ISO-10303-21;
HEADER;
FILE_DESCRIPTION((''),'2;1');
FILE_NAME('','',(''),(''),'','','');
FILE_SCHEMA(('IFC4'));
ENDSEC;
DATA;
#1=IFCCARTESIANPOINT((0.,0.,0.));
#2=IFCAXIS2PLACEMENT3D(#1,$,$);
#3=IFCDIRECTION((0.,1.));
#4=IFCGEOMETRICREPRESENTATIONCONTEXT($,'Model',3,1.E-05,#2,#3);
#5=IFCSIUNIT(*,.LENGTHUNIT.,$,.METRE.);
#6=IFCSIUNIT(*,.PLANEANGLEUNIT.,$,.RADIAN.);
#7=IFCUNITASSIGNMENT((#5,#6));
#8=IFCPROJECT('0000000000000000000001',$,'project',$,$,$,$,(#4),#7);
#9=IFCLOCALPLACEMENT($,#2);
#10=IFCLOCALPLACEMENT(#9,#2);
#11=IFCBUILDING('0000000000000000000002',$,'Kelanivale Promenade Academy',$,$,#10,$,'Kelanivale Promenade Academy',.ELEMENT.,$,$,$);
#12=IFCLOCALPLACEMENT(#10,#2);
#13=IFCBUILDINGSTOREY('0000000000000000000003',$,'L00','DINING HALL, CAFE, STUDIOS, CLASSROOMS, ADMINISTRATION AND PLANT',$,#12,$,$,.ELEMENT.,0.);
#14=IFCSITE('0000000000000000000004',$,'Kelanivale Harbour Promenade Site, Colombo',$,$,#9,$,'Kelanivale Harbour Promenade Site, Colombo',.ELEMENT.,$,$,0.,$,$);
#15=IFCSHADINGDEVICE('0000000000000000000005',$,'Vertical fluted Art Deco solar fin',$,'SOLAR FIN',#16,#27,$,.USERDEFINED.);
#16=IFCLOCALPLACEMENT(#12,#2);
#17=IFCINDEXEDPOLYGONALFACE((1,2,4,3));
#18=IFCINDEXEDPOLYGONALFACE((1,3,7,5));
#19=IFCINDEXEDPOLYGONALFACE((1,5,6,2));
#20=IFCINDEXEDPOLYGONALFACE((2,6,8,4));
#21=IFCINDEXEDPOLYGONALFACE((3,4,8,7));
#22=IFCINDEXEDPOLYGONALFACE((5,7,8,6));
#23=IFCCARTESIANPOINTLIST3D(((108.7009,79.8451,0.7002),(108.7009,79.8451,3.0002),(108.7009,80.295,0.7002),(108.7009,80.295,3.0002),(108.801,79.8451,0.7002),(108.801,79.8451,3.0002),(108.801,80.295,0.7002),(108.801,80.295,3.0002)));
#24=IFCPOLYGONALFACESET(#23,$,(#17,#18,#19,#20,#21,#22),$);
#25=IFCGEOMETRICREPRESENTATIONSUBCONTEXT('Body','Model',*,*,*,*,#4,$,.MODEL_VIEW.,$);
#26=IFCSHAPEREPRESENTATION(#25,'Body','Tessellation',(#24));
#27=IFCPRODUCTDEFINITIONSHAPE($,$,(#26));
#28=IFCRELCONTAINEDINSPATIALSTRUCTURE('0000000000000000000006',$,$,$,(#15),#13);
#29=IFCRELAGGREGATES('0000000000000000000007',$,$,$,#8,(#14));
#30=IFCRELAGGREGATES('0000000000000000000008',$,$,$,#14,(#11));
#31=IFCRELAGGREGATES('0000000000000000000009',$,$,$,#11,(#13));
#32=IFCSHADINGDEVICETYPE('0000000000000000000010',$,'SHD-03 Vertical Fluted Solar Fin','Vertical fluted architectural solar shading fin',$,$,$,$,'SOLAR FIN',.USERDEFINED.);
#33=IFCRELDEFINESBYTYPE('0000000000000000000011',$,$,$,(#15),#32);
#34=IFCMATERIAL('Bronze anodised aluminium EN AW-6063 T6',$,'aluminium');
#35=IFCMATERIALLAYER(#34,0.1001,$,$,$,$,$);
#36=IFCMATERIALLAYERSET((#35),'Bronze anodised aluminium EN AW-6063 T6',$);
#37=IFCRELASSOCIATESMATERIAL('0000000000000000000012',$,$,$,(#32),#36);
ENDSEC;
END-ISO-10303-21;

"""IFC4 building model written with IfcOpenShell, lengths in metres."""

from ifc_helpers import new_model, si_unit, direction, frame, origin, origin_2d, place, context, subcontext, project, spatial, rectangle, extrude, material, layer, layer_set, type_object, element, save


model = new_model("IFC4")

# Units and contexts
model_context = context("Model", 3, precision=1e-05, world=origin(), true_north=direction((0.0, 1.0)))
body_context = subcontext(model_context, "Body", "Model", "MODEL_VIEW")
ifc_project = project(units=[si_unit("LENGTHUNIT", "METRE"), si_unit("PLANEANGLEUNIT", "RADIAN")], contexts=[model_context])

# Site, building, storey
site_placement = place(None, origin())
site = spatial("IfcSite", under=ifc_project, at=site_placement, Name="Kelanivale Harbour Promenade Site, Colombo", LongName="Kelanivale Harbour Promenade Site, Colombo", CompositionType="ELEMENT", RefElevation=0.0)
building_placement = place(site_placement, origin())
building = spatial("IfcBuilding", under=site, at=building_placement, Name="Kelanivale Promenade Academy", LongName="Kelanivale Promenade Academy", CompositionType="ELEMENT")
storey_placement = place(building_placement, origin())
storey = spatial("IfcBuildingStorey", under=building, at=storey_placement, Name="L00", Description="DINING HALL, CAFE, STUDIOS, CLASSROOMS, ADMINISTRATION AND PLANT", CompositionType="ELEMENT", Elevation=0.0)

# Shading device
ifc_material_1 = material(Name="Bronze anodised aluminium EN AW-6063 T6", Category="aluminium")
ifc_layer_1 = layer(ifc_material_1, 0.1001)
ifc_layer_set_1 = layer_set([ifc_layer_1], Name="Bronze anodised aluminium EN AW-6063 T6")
shading_device_type_1 = type_object("IfcShadingDeviceType", Name="SHD-03 Vertical Fluted Solar Fin", Description="Vertical fluted architectural solar shading fin", ElementType="SOLAR FIN", PredefinedType="USERDEFINED", material=ifc_layer_set_1)
shading_device_1_placement = place(storey_placement, frame((108.751, 80.0701, 0.7002), z_axis=(0.0, 0.0, 1.0), x_axis=(-1.0, 0.0, 0.0)))
element("IfcShadingDevice", 1, at=shading_device_1_placement, inside=storey, type_object=shading_device_type_1, Name="Vertical fluted Art Deco solar fin", ObjectType="SOLAR FIN", PredefinedType="USERDEFINED", context=body_context, shape_type="SweptSolid", body=[
    extrude(rectangle(XDim=0.1001, YDim=0.45, at=origin_2d()), origin(), (0.0, 0.0, 1.0), 2.3),
])

save(model, "model.ifc")
